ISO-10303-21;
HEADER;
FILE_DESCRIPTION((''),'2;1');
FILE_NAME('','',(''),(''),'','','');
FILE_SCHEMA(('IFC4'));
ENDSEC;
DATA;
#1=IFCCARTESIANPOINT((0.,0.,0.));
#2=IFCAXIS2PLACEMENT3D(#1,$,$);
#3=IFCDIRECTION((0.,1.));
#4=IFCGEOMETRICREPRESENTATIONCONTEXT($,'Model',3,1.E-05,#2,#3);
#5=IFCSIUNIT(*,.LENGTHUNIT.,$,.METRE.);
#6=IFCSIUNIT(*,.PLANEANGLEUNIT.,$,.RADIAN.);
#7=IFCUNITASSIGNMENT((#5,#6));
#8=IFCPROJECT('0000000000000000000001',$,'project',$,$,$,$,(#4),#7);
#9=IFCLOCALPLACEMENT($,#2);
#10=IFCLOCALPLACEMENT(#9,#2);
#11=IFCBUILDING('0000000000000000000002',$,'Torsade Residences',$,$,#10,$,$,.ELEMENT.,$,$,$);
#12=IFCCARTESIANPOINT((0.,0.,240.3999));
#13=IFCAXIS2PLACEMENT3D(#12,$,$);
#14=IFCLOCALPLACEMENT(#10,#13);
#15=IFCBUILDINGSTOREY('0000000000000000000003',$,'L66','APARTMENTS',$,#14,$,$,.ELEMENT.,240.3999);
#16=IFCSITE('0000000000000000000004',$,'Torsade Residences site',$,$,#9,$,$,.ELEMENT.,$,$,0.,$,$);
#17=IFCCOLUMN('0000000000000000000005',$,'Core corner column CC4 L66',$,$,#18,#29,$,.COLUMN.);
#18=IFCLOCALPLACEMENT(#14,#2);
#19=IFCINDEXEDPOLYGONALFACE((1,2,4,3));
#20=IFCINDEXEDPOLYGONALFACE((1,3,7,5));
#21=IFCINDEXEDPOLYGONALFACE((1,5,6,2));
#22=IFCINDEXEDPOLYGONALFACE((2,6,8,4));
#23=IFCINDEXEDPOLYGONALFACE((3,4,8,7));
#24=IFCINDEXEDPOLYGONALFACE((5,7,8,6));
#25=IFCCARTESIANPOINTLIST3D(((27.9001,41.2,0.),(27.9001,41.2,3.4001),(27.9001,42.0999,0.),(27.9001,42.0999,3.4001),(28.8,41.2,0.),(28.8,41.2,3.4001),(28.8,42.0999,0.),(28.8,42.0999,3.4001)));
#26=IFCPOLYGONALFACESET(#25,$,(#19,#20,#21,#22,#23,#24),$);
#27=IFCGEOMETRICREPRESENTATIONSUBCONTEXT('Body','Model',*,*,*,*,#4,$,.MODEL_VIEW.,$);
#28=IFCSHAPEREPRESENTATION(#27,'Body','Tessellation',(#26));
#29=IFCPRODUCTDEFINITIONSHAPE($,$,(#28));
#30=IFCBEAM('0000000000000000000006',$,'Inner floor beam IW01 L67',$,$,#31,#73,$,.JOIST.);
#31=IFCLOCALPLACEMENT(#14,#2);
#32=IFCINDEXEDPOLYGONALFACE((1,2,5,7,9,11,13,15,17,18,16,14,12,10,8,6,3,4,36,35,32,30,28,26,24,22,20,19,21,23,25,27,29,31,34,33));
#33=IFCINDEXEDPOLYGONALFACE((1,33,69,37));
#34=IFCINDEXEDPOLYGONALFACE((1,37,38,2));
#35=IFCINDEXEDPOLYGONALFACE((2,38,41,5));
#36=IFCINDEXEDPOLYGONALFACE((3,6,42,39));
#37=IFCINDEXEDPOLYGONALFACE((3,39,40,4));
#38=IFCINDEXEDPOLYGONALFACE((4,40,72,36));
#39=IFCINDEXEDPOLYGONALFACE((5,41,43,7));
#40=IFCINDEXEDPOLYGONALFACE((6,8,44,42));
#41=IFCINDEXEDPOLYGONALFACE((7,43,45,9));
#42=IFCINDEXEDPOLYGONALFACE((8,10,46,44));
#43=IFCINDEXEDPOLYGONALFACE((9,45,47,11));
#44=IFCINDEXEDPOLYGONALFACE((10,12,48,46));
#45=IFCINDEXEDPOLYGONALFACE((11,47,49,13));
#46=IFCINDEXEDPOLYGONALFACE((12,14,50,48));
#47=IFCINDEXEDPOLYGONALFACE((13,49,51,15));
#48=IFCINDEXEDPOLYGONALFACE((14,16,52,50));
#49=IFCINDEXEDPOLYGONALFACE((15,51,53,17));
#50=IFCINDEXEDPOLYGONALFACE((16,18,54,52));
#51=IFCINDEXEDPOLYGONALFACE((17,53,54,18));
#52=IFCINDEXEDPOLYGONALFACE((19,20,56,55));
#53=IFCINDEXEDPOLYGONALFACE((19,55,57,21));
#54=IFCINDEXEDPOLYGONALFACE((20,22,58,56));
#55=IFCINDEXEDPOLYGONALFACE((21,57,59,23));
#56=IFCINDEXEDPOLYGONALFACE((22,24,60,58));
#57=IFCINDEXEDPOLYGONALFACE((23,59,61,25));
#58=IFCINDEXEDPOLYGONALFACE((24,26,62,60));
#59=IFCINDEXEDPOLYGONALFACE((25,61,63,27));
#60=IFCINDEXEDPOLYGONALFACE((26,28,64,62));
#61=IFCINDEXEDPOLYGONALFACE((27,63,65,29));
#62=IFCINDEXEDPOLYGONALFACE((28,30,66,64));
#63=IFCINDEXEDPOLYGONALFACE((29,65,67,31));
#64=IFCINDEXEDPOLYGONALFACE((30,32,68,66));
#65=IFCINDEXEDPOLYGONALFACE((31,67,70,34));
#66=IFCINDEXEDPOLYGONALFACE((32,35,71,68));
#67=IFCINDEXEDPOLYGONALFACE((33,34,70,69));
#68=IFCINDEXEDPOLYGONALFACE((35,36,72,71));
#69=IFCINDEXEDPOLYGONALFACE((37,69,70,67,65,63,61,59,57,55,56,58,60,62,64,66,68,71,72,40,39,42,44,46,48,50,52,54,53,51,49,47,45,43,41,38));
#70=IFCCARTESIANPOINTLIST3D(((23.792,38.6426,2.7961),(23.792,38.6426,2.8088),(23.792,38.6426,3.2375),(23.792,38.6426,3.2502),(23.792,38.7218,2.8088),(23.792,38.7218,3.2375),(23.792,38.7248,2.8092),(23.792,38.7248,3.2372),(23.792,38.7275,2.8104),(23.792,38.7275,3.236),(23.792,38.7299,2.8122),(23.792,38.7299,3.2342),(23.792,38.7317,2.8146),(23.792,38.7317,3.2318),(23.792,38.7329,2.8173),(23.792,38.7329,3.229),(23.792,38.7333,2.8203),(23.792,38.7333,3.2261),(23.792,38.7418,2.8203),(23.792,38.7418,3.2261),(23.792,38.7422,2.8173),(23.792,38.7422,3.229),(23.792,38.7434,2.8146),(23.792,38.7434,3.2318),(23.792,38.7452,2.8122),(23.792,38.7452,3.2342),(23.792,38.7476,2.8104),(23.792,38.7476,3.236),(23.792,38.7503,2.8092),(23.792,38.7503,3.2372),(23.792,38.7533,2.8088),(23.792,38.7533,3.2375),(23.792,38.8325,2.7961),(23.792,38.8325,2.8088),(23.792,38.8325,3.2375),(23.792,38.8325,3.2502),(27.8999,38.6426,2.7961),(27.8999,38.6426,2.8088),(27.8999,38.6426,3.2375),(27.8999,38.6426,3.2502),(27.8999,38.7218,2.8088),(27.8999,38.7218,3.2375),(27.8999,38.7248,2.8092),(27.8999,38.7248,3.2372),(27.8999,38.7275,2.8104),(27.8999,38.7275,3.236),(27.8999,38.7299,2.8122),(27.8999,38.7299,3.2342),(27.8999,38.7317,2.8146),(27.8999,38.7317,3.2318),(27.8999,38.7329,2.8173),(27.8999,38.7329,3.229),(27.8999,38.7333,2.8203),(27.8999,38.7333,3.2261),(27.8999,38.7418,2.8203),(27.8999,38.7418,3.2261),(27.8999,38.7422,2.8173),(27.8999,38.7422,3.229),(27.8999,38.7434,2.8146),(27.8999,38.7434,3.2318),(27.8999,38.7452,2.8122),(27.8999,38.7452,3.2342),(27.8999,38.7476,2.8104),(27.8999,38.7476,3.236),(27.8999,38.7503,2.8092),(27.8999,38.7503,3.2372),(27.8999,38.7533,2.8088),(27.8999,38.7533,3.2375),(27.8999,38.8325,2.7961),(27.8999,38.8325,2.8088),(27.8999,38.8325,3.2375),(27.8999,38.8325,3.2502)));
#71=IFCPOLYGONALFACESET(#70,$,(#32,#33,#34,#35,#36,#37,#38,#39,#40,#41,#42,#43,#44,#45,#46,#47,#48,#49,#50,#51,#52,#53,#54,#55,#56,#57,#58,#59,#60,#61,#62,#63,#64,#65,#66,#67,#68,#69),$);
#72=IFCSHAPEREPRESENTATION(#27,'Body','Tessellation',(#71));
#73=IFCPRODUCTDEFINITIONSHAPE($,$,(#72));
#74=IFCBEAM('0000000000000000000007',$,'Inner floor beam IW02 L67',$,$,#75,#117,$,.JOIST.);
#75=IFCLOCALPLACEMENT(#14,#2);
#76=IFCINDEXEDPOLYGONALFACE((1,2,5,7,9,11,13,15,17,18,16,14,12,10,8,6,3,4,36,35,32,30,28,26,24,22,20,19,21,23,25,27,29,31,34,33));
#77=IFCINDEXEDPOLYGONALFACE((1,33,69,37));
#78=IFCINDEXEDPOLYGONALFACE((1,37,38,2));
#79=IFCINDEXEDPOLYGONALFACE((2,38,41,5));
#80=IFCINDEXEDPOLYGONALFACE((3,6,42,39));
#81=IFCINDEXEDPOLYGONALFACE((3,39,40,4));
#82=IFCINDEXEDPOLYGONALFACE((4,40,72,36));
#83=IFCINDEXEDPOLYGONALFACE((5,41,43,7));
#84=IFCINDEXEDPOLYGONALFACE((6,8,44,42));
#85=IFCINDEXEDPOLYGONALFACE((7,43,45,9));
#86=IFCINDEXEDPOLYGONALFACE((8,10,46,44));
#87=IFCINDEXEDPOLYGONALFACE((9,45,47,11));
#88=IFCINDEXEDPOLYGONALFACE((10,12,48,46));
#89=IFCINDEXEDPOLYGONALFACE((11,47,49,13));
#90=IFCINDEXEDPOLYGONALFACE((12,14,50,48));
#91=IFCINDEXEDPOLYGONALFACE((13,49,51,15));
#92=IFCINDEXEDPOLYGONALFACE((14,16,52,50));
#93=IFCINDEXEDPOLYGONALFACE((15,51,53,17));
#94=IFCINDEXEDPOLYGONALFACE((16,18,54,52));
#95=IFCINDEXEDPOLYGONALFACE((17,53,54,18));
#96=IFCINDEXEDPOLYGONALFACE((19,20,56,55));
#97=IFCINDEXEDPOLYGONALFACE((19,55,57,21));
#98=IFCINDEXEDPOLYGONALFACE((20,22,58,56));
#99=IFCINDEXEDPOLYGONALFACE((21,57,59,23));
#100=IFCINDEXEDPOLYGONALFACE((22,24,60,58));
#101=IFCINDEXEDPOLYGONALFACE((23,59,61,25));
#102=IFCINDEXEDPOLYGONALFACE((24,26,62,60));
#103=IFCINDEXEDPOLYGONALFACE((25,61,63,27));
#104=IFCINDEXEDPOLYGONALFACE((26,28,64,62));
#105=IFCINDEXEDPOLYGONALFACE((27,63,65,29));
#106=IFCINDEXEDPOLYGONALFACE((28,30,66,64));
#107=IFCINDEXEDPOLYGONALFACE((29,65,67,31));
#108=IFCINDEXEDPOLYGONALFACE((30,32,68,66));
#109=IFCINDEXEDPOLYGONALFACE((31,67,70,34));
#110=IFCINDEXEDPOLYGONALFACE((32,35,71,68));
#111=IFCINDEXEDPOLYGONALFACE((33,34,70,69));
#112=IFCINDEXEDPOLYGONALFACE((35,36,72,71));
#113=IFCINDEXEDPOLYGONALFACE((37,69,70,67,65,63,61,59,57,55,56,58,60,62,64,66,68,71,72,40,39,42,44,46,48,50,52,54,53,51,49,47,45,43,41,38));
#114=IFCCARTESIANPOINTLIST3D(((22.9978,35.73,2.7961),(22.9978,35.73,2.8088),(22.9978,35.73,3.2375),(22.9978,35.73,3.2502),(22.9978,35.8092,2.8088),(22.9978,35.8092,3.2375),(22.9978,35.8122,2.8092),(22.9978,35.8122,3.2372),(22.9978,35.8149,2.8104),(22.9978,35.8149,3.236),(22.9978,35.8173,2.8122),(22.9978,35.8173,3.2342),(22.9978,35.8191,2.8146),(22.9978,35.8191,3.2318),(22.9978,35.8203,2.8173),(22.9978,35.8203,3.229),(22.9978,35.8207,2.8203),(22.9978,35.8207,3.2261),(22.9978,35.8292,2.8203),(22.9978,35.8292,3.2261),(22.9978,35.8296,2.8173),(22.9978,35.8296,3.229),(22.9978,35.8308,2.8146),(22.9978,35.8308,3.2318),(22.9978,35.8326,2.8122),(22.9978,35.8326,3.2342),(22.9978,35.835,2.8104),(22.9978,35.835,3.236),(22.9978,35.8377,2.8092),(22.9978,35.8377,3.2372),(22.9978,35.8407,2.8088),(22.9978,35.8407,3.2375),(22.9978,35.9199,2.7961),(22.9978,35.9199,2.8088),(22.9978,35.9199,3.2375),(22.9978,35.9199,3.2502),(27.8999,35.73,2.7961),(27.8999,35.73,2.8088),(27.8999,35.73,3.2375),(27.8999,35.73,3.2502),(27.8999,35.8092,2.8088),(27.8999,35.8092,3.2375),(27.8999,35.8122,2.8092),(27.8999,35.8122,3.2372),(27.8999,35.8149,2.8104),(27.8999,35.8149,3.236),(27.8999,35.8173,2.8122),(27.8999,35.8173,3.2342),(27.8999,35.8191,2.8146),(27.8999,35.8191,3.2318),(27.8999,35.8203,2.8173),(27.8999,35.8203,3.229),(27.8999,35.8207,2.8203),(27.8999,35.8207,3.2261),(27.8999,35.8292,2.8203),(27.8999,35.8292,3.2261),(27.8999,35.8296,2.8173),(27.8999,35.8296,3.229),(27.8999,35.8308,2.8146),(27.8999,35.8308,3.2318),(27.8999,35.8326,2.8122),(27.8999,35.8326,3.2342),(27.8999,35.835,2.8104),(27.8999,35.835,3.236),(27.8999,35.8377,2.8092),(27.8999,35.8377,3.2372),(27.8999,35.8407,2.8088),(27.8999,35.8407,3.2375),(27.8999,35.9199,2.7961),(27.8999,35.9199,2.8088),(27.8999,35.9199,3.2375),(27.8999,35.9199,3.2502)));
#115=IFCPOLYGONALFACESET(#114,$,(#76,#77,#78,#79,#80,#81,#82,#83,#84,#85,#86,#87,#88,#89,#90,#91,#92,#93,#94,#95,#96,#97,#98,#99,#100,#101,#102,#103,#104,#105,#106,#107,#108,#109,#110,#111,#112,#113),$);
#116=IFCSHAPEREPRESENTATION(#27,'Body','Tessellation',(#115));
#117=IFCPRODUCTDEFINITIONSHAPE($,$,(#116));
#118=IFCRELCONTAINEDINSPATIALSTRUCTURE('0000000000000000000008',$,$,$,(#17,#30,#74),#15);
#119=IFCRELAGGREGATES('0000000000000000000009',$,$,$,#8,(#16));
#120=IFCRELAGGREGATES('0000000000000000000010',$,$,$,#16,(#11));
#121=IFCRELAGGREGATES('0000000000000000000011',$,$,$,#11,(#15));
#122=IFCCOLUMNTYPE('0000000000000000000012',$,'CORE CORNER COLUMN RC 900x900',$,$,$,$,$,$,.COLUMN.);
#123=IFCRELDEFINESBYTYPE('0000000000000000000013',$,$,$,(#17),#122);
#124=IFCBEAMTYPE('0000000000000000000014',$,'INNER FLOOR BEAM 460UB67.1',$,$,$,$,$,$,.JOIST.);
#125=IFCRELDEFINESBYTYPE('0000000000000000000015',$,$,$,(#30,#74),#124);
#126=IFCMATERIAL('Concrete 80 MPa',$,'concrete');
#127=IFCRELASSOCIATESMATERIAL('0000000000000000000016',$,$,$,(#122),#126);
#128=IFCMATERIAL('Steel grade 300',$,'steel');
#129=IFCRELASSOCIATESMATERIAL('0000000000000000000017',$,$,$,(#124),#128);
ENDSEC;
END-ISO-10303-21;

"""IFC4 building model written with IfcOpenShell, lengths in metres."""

from ifc_helpers import new_model, si_unit, direction, frame, origin, origin_2d, place, context, subcontext, project, spatial, rectangle, i_section, extrude, material, material_profile, profile_set, type_object, element, save


model = new_model("IFC4")

# Units and contexts
model_context = context("Model", 3, precision=1e-05, world=origin(), true_north=direction((0.0, 1.0)))
body_context = subcontext(model_context, "Body", "Model", "MODEL_VIEW")
ifc_project = project(units=[si_unit("LENGTHUNIT", "METRE"), si_unit("PLANEANGLEUNIT", "RADIAN")], contexts=[model_context])

# Site, building, storey
site_placement = place(None, origin())
site = spatial("IfcSite", under=ifc_project, at=site_placement, Name="Torsade Residences site", CompositionType="ELEMENT", RefElevation=0.0)
building_placement = place(site_placement, origin())
building = spatial("IfcBuilding", under=site, at=building_placement, Name="Torsade Residences", CompositionType="ELEMENT")
storey_placement = place(building_placement, frame((0.0, 0.0, 240.3999)))
storey = spatial("IfcBuildingStorey", under=building, at=storey_placement, Name="L66", Description="APARTMENTS", CompositionType="ELEMENT", Elevation=240.3999)

# Column
ifc_material_1 = material(Name="Concrete 80 MPa", Category="concrete")
ifc_material_profile_1 = material_profile(ifc_material_1, rectangle(XDim=0.8999, YDim=0.8999, at=origin_2d()), Name="RC 900x900")
ifc_profile_set_1 = profile_set([ifc_material_profile_1], Name="Concrete 80 MPa")
column_type = type_object("IfcColumnType", Name="CORE CORNER COLUMN RC 900x900", PredefinedType="COLUMN", material=ifc_profile_set_1)
column_placement = place(storey_placement, frame((28.3501, 41.6499, 0.0), z_axis=(0.0, 0.0, 1.0), x_axis=(1.0, 0.0, 0.0)))
element("IfcColumn", 1, at=column_placement, inside=storey, type_object=column_type, Name="Core corner column CC4 L66", PredefinedType="COLUMN", context=body_context, shape_type="SweptSolid", body=[
    extrude(rectangle(XDim=0.8999, YDim=0.8999, at=origin_2d()), origin(), (0.0, 0.0, 1.0), 3.4001),
])

# Beams
ifc_material_2 = material(Name="Steel grade 300", Category="steel")
ifc_material_profile_2 = material_profile(ifc_material_2, i_section(OverallWidth=0.1899, OverallDepth=0.4541, WebThickness=0.0085, FlangeThickness=0.0127, FilletRadius=0.0115, at=origin_2d()), Name="460UB67.1")
ifc_profile_set_2 = profile_set([ifc_material_profile_2], Name="Steel grade 300")
beam_type = type_object("IfcBeamType", Name="INNER FLOOR BEAM 460UB67.1", PredefinedType="JOIST", material=ifc_profile_set_2)
beam_1_placement = place(storey_placement, frame((27.8999, 38.7375, 3.0232), z_axis=(-1.0, 0.0, 0.0), x_axis=(0.0, -1.0, 0.0)))
element("IfcBeam", 2, at=beam_1_placement, inside=storey, type_object=beam_type, Name="Inner floor beam IW01 L67", PredefinedType="JOIST", context=body_context, shape_type="SweptSolid", body=[
    extrude(i_section(OverallWidth=0.1899, OverallDepth=0.4541, WebThickness=0.0085, FlangeThickness=0.0127, FilletRadius=0.0115, at=origin_2d()), origin(), (0.0, 0.0, 1.0), 4.1079),
])
beam_2_placement = place(storey_placement, frame((27.8999, 35.825, 3.0232), z_axis=(-1.0, 0.0, 0.0), x_axis=(0.0, -1.0, 0.0)))
element("IfcBeam", 3, at=beam_2_placement, inside=storey, type_object=beam_type, Name="Inner floor beam IW02 L67", PredefinedType="JOIST", context=body_context, shape_type="SweptSolid", body=[
    extrude(i_section(OverallWidth=0.1899, OverallDepth=0.4541, WebThickness=0.0085, FlangeThickness=0.0127, FilletRadius=0.0115, at=origin_2d()), origin(), (0.0, 0.0, 1.0), 4.9021),
])

save(model, "model.ifc")
